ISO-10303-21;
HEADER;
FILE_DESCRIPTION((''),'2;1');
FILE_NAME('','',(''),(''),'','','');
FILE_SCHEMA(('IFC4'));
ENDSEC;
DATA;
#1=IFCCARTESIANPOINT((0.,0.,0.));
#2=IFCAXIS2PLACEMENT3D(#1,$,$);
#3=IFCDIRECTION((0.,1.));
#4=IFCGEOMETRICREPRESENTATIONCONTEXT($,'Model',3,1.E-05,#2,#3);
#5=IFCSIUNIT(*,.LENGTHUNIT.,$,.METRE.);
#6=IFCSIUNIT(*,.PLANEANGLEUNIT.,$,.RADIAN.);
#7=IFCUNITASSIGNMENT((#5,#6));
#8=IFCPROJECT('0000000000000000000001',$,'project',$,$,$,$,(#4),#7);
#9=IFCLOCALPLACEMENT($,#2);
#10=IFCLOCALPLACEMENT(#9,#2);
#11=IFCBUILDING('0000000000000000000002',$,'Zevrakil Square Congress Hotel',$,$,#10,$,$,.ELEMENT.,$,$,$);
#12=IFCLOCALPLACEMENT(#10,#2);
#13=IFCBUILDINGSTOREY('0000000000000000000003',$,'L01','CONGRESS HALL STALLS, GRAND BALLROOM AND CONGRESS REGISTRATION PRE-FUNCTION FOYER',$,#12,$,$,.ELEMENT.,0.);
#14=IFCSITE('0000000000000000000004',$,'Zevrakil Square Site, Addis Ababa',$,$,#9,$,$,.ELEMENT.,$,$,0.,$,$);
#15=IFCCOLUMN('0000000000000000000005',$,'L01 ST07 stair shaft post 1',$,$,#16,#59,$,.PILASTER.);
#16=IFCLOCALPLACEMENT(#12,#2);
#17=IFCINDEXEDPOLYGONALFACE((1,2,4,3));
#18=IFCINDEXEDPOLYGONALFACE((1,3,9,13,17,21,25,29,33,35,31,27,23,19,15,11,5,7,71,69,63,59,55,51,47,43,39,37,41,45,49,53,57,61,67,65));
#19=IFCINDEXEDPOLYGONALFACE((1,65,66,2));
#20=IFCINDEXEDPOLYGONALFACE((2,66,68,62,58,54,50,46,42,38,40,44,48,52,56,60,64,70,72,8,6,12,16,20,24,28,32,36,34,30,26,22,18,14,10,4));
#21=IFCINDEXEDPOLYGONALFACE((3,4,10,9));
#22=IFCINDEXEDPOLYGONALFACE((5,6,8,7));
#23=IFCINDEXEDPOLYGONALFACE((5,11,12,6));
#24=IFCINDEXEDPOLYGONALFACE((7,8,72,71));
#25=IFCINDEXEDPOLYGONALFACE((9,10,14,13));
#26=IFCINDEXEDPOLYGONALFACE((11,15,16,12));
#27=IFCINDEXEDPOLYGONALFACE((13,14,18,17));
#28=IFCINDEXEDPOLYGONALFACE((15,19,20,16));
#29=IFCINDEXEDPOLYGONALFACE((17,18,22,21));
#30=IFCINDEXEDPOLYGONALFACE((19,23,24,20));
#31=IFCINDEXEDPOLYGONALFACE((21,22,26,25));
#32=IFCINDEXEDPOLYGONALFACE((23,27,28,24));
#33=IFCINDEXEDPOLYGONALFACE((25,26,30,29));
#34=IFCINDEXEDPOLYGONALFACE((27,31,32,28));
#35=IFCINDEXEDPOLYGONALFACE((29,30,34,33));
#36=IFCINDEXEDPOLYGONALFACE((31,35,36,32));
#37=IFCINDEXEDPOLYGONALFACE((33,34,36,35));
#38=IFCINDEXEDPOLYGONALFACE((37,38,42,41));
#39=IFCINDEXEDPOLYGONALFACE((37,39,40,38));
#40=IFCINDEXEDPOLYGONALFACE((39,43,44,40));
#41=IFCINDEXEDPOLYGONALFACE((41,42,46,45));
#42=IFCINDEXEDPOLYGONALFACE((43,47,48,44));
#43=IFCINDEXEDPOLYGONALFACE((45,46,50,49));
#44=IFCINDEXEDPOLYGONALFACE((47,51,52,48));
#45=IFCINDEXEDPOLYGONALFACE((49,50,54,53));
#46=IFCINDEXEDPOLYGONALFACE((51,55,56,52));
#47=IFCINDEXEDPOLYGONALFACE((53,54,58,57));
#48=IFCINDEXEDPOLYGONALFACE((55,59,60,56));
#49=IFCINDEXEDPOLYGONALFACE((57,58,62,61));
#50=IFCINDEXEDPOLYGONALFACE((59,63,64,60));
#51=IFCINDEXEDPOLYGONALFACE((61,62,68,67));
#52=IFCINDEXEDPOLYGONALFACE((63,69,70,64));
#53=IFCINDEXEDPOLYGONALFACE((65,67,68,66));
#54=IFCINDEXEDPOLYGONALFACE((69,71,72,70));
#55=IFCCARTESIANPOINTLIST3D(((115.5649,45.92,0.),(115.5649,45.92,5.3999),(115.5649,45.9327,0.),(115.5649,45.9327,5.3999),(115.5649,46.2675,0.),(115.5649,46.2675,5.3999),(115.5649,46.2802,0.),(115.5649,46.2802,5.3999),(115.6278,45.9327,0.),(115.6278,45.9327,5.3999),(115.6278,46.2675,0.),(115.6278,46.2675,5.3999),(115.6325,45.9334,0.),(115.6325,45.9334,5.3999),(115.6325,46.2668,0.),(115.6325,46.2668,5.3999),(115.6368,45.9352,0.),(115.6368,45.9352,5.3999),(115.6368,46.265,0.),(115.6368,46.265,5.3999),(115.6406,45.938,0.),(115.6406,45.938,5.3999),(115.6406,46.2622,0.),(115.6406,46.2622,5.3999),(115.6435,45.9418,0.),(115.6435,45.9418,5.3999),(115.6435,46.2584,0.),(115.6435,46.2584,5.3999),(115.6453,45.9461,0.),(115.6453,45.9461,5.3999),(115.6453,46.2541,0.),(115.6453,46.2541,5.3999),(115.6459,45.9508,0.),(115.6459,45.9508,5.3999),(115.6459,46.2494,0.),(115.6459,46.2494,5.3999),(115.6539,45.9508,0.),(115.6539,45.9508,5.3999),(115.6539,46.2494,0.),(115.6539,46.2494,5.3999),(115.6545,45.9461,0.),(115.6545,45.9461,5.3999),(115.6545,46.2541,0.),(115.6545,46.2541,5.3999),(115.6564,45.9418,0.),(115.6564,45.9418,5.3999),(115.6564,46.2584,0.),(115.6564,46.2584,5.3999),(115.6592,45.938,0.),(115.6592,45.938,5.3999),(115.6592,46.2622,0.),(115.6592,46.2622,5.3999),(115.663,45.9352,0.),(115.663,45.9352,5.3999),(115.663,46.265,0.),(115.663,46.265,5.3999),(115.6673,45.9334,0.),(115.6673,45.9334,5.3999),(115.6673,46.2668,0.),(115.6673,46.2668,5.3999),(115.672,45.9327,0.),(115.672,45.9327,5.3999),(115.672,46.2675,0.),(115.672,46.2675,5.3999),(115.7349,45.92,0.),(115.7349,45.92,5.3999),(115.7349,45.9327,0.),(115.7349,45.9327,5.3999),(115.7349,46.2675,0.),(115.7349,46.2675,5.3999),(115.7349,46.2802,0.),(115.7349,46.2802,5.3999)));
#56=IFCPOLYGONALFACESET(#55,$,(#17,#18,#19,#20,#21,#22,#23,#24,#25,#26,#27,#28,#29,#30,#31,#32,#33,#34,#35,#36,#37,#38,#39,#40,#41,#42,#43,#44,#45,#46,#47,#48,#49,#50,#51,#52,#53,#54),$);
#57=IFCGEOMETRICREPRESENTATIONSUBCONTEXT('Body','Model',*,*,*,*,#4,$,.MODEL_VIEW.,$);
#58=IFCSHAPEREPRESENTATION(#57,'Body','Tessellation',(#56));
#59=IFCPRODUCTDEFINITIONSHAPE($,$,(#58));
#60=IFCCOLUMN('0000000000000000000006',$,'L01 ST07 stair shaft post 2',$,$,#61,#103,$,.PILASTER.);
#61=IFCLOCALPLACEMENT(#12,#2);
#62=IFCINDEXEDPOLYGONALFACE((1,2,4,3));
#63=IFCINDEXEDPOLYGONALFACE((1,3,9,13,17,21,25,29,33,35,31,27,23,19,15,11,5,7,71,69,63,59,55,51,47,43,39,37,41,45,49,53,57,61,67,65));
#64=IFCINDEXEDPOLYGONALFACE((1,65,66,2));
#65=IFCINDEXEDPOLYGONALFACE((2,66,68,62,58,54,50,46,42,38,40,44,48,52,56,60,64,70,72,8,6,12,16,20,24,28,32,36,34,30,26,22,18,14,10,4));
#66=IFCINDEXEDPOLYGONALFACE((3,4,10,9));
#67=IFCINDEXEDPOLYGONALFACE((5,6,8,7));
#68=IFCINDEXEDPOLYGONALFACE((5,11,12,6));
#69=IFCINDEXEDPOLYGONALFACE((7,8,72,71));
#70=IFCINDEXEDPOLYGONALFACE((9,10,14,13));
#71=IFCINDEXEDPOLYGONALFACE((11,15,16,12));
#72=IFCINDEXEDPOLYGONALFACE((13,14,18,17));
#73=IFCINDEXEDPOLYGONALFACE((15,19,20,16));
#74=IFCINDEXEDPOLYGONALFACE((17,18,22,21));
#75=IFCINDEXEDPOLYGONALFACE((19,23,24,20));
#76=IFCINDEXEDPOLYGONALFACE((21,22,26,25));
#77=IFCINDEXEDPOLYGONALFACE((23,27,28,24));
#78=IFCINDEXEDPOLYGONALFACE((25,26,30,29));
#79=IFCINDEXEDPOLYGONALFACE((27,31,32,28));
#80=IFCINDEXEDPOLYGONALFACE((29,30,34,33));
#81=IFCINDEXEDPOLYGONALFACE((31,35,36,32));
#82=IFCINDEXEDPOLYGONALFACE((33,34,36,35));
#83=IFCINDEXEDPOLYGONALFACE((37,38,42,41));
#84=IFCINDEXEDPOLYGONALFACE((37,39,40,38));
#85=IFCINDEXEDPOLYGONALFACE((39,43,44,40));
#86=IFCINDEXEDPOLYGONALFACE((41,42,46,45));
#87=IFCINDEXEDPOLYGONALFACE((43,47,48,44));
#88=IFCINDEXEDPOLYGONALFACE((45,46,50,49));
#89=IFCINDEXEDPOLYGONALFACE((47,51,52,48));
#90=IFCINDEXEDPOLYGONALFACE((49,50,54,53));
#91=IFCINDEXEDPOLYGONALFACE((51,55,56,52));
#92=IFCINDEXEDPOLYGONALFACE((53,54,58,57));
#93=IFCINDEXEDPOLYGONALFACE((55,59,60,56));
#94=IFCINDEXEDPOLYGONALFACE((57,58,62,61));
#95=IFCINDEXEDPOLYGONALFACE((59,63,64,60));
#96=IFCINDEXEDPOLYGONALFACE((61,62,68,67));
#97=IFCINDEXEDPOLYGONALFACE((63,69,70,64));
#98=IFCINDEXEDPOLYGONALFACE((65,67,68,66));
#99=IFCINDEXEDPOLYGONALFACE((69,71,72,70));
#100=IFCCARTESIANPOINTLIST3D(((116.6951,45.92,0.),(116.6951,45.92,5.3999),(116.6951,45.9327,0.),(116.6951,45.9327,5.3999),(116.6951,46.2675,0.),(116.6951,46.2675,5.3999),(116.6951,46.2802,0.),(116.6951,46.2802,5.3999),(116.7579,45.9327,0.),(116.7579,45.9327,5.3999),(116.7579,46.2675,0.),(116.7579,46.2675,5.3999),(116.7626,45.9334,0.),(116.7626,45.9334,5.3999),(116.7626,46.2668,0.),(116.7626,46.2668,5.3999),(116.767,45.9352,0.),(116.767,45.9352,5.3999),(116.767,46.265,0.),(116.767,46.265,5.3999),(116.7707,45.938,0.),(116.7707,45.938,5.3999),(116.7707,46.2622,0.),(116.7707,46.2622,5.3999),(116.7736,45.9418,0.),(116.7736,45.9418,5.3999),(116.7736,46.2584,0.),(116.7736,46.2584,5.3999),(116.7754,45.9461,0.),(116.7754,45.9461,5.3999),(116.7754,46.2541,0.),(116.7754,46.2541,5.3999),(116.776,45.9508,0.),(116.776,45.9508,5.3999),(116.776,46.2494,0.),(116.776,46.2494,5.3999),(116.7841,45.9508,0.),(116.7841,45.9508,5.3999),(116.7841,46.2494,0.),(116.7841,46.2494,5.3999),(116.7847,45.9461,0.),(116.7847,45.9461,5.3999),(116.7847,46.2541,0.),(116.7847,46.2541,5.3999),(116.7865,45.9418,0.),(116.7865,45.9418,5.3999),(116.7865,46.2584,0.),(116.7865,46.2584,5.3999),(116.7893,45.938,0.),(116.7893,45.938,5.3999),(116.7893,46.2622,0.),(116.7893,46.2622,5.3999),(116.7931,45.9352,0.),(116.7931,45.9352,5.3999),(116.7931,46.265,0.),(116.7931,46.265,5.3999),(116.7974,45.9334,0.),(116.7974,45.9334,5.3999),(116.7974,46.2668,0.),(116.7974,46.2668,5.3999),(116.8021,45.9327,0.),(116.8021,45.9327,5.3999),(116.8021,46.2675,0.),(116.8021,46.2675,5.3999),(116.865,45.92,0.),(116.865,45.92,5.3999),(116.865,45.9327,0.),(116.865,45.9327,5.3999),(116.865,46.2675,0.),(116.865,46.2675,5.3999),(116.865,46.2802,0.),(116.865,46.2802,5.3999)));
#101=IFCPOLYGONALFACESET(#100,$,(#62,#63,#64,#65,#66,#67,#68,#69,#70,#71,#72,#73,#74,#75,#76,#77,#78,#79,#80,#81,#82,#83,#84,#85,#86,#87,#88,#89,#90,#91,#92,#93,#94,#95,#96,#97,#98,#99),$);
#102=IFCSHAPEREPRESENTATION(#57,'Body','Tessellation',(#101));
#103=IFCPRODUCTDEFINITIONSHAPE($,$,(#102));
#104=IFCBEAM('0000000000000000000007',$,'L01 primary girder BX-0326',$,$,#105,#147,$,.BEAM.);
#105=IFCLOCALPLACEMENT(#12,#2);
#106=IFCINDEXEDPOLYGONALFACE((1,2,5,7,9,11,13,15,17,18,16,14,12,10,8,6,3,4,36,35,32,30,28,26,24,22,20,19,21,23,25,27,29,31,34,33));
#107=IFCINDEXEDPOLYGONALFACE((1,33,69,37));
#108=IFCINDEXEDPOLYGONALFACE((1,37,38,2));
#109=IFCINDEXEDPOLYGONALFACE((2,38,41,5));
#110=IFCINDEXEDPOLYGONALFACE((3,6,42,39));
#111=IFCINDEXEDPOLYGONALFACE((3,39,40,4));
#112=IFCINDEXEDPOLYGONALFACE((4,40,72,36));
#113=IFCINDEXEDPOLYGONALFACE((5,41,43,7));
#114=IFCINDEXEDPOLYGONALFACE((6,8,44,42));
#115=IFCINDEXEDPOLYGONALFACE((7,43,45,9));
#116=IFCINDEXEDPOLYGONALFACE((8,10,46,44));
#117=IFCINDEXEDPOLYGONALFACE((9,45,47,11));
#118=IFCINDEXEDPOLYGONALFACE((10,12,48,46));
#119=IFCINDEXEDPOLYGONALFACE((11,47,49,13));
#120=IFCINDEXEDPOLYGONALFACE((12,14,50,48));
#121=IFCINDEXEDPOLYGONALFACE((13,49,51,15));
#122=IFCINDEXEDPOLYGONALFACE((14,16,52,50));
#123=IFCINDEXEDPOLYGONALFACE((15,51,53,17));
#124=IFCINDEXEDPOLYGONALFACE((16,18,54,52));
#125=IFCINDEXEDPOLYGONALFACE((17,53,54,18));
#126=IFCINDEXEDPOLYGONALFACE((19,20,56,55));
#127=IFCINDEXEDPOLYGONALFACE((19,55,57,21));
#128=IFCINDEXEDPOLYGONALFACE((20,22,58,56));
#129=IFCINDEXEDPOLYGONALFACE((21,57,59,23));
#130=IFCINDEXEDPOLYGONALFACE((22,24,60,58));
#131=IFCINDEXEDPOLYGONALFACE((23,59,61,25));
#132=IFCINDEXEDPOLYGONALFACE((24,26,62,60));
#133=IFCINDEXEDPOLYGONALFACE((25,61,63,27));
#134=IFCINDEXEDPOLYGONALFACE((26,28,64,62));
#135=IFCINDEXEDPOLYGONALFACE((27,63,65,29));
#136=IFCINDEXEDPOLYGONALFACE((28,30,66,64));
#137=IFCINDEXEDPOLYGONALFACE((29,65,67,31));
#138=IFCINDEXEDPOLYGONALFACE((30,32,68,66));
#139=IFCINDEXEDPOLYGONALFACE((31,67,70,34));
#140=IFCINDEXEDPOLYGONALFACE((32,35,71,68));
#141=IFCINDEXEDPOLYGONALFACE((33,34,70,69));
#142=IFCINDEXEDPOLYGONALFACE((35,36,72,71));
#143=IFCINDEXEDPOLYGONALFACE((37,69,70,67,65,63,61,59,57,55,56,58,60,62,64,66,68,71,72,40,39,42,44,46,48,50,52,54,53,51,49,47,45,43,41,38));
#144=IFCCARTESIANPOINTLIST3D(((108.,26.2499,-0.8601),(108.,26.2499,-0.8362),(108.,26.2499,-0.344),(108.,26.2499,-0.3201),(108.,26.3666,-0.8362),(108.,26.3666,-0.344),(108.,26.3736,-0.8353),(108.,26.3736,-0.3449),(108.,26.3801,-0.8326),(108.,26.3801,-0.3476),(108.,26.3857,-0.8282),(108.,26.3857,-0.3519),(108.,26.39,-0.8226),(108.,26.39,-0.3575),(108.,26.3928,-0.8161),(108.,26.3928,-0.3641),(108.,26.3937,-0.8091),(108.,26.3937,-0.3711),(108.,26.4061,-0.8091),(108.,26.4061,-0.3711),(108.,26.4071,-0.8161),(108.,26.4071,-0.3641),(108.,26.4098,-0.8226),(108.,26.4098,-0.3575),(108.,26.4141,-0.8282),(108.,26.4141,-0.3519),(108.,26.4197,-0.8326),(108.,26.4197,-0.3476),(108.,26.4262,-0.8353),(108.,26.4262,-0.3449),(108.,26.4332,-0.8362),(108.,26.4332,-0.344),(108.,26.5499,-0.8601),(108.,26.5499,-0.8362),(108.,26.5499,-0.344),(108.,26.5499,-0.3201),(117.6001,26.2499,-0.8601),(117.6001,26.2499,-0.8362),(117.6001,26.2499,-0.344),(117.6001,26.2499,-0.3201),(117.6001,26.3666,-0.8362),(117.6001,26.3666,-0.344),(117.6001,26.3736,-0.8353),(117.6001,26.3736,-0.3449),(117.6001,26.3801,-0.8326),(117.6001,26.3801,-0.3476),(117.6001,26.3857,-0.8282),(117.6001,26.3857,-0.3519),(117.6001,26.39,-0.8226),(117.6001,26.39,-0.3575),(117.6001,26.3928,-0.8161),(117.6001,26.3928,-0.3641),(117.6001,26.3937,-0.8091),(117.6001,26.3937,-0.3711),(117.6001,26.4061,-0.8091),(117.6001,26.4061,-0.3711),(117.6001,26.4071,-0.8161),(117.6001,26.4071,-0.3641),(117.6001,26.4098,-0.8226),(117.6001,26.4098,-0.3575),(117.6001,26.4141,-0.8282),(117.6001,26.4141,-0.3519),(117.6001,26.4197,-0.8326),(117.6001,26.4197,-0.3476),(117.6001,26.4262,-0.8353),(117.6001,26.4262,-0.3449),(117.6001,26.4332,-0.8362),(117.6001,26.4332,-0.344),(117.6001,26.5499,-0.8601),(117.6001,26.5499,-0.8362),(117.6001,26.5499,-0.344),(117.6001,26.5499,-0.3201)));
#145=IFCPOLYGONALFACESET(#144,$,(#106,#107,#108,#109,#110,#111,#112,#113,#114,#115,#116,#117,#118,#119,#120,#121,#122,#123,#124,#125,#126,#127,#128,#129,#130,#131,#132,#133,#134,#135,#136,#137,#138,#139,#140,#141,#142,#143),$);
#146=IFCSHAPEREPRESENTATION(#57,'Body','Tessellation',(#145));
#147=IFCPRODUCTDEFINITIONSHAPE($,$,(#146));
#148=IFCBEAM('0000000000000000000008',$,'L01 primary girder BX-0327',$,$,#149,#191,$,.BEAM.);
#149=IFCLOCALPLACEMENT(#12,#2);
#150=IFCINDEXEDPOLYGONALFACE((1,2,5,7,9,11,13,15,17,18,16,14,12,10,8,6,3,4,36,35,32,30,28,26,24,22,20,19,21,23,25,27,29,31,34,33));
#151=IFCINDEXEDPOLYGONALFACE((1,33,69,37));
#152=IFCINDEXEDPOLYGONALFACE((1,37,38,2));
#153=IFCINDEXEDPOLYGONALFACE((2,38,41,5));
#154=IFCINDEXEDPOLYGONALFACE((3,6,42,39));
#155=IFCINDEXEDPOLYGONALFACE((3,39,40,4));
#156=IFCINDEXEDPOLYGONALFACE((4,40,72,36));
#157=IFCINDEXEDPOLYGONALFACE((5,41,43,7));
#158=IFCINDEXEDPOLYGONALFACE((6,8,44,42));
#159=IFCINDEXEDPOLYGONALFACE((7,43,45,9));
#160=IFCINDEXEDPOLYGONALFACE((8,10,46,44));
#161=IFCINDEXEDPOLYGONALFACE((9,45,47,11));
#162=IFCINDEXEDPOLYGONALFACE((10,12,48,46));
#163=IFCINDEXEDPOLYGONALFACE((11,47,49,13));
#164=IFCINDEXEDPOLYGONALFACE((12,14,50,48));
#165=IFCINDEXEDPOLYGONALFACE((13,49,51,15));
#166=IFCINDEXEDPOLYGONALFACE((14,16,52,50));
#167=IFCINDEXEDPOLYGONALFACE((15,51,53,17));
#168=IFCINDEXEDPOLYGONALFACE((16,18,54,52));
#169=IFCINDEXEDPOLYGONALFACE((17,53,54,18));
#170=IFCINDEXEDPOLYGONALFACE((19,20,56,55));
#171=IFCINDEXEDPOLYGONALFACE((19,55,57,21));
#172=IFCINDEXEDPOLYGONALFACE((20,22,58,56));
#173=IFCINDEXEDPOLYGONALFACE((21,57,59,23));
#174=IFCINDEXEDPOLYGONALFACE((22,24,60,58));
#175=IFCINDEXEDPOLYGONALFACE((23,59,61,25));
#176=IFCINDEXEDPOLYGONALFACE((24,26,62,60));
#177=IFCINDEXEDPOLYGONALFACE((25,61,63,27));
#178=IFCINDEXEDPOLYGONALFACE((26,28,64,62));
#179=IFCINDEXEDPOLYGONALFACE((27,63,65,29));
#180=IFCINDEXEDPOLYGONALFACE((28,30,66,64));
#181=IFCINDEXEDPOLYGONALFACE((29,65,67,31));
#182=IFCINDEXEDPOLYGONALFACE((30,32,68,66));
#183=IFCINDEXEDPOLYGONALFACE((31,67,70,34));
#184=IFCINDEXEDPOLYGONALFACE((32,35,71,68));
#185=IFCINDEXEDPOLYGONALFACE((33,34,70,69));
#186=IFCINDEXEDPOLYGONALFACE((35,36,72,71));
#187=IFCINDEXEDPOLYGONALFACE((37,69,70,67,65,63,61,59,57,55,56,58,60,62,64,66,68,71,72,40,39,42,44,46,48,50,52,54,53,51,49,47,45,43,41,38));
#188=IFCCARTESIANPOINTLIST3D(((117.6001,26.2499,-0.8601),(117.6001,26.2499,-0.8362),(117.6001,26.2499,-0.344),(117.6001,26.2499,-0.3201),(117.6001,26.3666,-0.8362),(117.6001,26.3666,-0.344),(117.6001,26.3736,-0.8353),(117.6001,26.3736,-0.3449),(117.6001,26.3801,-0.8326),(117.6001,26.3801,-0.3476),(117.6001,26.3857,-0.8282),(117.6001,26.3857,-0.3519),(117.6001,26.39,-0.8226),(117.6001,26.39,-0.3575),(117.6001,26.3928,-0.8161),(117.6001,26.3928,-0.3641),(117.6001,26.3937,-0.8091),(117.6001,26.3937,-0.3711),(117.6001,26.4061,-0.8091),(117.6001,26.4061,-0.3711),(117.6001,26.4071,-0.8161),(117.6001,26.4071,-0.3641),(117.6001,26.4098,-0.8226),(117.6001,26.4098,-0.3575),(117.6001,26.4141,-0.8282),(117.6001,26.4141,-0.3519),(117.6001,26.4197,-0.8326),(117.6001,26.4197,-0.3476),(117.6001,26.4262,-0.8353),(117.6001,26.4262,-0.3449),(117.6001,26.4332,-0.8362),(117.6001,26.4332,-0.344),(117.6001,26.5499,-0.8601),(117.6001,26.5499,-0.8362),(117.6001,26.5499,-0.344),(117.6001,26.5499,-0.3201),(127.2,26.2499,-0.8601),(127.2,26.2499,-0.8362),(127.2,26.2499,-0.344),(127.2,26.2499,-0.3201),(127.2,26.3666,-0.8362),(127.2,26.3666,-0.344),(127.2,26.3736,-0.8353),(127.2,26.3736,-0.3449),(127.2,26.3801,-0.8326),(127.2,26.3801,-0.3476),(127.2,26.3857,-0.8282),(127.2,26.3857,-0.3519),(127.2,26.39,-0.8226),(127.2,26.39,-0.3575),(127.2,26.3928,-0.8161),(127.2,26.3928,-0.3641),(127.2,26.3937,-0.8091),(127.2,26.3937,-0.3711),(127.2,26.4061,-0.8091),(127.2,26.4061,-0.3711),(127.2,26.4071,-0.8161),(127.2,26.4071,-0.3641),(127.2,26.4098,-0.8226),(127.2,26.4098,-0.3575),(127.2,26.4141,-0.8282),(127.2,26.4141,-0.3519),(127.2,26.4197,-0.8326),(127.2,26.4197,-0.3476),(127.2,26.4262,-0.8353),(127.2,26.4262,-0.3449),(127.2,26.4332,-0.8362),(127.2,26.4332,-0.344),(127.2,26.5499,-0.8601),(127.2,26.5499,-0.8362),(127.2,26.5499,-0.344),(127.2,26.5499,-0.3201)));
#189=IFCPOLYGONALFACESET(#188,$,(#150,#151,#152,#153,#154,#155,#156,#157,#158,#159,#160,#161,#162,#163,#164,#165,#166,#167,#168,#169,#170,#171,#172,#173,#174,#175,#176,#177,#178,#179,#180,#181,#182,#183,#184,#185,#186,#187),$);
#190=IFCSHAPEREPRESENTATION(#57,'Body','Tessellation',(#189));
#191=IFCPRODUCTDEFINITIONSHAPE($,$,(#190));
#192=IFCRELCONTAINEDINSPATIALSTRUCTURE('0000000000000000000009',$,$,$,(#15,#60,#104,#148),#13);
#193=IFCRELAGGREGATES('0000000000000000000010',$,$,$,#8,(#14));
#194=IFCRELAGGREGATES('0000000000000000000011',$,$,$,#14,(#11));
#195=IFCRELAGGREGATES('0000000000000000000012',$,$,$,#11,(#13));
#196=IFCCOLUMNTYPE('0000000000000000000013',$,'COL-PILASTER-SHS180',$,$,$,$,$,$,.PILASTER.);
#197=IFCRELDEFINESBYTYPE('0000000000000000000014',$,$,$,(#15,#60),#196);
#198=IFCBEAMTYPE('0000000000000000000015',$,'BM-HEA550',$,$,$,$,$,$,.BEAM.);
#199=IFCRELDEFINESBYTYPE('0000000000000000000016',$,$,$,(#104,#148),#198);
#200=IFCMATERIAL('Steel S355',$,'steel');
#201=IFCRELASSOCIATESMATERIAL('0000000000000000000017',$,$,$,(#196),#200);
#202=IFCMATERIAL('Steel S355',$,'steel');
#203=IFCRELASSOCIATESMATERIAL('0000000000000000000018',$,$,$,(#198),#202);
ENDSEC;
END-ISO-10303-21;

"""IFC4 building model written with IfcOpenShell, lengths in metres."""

from ifc_helpers import new_model, si_unit, direction, frame, origin, origin_2d, place, context, subcontext, project, spatial, i_section, extrude, material, material_profile, profile_set, type_object, element, save


model = new_model("IFC4")

# Units and contexts
model_context = context("Model", 3, precision=1e-05, world=origin(), true_north=direction((0.0, 1.0)))
body_context = subcontext(model_context, "Body", "Model", "MODEL_VIEW")
ifc_project = project(units=[si_unit("LENGTHUNIT", "METRE"), si_unit("PLANEANGLEUNIT", "RADIAN")], contexts=[model_context])

# Site, building, storey
site_placement = place(None, origin())
site = spatial("IfcSite", under=ifc_project, at=site_placement, Name="Zevrakil Square Site, Addis Ababa", CompositionType="ELEMENT", RefElevation=0.0)
building_placement = place(site_placement, origin())
building = spatial("IfcBuilding", under=site, at=building_placement, Name="Zevrakil Square Congress Hotel", CompositionType="ELEMENT")
storey_placement = place(building_placement, origin())
storey = spatial("IfcBuildingStorey", under=building, at=storey_placement, Name="L01", Description="CONGRESS HALL STALLS, GRAND BALLROOM AND CONGRESS REGISTRATION PRE-FUNCTION FOYER", CompositionType="ELEMENT", Elevation=0.0)

# Columns
ifc_material_1 = material(Name="Steel S355", Category="steel")
ifc_material_profile_1 = material_profile(ifc_material_1, i_section(OverallWidth=0.1699, OverallDepth=0.3601, WebThickness=0.0081, FlangeThickness=0.0127, FilletRadius=0.0181, at=origin_2d()), Name="IPE 360")
ifc_profile_set_1 = profile_set([ifc_material_profile_1], Name="Steel S355")
column_type_1 = type_object("IfcColumnType", Name="COL-PILASTER-SHS180", PredefinedType="PILASTER", material=ifc_profile_set_1)
for number, where, z_axis, x_axis, name in (
    (1, (115.6499, 46.1001, 0.0), (0.0, 0.0, 1.0), (1.0, 0.0, 0.0), "L01 ST07 stair shaft post 1"),
    (2, (116.78, 46.1001, 0.0), (0.0, 0.0, 1.0), (1.0, 0.0, 0.0), "L01 ST07 stair shaft post 2"),
):
    element("IfcColumn", number, at=place(storey_placement, frame(where, z_axis=z_axis, x_axis=x_axis)), inside=storey, type_object=column_type_1, Name=name, PredefinedType="PILASTER", context=body_context, shape_type="SweptSolid", body=[
        extrude(i_section(OverallWidth=0.1699, OverallDepth=0.3601, WebThickness=0.0081, FlangeThickness=0.0127, FilletRadius=0.0181, at=origin_2d()), origin(), (0.0, 0.0, 1.0), 5.3999),
    ])

# Beams
ifc_material_2 = material(Name="Steel S355", Category="steel")
ifc_material_profile_2 = material_profile(ifc_material_2, i_section(OverallWidth=0.3, OverallDepth=0.54, WebThickness=0.0125, FlangeThickness=0.0239, FilletRadius=0.0271, at=origin_2d()), Name="HEA 550")
ifc_profile_set_2 = profile_set([ifc_material_profile_2], Name="Steel S355")
beam_type_1 = type_object("IfcBeamType", Name="BM-HEA550", PredefinedType="BEAM", material=ifc_profile_set_2)
beam_1_placement = place(storey_placement, frame((108.0, 26.3999, -0.5901), z_axis=(1.0, 0.0, 0.0), x_axis=(0.0, 1.0, 0.0)))
element("IfcBeam", 3, at=beam_1_placement, inside=storey, type_object=beam_type_1, Name="L01 primary girder BX-0326", PredefinedType="BEAM", context=body_context, shape_type="SweptSolid", body=[
    extrude(i_section(OverallWidth=0.3, OverallDepth=0.54, WebThickness=0.0125, FlangeThickness=0.0239, FilletRadius=0.0271, at=origin_2d()), origin(), (0.0, 0.0, 1.0), 9.6001),
])
beam_2_placement = place(storey_placement, frame((117.6001, 26.3999, -0.5901), z_axis=(1.0, 0.0, 0.0), x_axis=(0.0, 1.0, 0.0)))
element("IfcBeam", 4, at=beam_2_placement, inside=storey, type_object=beam_type_1, Name="L01 primary girder BX-0327", PredefinedType="BEAM", context=body_context, shape_type="SweptSolid", body=[
    extrude(i_section(OverallWidth=0.3, OverallDepth=0.54, WebThickness=0.0125, FlangeThickness=0.0239, FilletRadius=0.0271, at=origin_2d()), origin(), (0.0, 0.0, 1.0), 9.5999),
])

save(model, "model.ifc")
